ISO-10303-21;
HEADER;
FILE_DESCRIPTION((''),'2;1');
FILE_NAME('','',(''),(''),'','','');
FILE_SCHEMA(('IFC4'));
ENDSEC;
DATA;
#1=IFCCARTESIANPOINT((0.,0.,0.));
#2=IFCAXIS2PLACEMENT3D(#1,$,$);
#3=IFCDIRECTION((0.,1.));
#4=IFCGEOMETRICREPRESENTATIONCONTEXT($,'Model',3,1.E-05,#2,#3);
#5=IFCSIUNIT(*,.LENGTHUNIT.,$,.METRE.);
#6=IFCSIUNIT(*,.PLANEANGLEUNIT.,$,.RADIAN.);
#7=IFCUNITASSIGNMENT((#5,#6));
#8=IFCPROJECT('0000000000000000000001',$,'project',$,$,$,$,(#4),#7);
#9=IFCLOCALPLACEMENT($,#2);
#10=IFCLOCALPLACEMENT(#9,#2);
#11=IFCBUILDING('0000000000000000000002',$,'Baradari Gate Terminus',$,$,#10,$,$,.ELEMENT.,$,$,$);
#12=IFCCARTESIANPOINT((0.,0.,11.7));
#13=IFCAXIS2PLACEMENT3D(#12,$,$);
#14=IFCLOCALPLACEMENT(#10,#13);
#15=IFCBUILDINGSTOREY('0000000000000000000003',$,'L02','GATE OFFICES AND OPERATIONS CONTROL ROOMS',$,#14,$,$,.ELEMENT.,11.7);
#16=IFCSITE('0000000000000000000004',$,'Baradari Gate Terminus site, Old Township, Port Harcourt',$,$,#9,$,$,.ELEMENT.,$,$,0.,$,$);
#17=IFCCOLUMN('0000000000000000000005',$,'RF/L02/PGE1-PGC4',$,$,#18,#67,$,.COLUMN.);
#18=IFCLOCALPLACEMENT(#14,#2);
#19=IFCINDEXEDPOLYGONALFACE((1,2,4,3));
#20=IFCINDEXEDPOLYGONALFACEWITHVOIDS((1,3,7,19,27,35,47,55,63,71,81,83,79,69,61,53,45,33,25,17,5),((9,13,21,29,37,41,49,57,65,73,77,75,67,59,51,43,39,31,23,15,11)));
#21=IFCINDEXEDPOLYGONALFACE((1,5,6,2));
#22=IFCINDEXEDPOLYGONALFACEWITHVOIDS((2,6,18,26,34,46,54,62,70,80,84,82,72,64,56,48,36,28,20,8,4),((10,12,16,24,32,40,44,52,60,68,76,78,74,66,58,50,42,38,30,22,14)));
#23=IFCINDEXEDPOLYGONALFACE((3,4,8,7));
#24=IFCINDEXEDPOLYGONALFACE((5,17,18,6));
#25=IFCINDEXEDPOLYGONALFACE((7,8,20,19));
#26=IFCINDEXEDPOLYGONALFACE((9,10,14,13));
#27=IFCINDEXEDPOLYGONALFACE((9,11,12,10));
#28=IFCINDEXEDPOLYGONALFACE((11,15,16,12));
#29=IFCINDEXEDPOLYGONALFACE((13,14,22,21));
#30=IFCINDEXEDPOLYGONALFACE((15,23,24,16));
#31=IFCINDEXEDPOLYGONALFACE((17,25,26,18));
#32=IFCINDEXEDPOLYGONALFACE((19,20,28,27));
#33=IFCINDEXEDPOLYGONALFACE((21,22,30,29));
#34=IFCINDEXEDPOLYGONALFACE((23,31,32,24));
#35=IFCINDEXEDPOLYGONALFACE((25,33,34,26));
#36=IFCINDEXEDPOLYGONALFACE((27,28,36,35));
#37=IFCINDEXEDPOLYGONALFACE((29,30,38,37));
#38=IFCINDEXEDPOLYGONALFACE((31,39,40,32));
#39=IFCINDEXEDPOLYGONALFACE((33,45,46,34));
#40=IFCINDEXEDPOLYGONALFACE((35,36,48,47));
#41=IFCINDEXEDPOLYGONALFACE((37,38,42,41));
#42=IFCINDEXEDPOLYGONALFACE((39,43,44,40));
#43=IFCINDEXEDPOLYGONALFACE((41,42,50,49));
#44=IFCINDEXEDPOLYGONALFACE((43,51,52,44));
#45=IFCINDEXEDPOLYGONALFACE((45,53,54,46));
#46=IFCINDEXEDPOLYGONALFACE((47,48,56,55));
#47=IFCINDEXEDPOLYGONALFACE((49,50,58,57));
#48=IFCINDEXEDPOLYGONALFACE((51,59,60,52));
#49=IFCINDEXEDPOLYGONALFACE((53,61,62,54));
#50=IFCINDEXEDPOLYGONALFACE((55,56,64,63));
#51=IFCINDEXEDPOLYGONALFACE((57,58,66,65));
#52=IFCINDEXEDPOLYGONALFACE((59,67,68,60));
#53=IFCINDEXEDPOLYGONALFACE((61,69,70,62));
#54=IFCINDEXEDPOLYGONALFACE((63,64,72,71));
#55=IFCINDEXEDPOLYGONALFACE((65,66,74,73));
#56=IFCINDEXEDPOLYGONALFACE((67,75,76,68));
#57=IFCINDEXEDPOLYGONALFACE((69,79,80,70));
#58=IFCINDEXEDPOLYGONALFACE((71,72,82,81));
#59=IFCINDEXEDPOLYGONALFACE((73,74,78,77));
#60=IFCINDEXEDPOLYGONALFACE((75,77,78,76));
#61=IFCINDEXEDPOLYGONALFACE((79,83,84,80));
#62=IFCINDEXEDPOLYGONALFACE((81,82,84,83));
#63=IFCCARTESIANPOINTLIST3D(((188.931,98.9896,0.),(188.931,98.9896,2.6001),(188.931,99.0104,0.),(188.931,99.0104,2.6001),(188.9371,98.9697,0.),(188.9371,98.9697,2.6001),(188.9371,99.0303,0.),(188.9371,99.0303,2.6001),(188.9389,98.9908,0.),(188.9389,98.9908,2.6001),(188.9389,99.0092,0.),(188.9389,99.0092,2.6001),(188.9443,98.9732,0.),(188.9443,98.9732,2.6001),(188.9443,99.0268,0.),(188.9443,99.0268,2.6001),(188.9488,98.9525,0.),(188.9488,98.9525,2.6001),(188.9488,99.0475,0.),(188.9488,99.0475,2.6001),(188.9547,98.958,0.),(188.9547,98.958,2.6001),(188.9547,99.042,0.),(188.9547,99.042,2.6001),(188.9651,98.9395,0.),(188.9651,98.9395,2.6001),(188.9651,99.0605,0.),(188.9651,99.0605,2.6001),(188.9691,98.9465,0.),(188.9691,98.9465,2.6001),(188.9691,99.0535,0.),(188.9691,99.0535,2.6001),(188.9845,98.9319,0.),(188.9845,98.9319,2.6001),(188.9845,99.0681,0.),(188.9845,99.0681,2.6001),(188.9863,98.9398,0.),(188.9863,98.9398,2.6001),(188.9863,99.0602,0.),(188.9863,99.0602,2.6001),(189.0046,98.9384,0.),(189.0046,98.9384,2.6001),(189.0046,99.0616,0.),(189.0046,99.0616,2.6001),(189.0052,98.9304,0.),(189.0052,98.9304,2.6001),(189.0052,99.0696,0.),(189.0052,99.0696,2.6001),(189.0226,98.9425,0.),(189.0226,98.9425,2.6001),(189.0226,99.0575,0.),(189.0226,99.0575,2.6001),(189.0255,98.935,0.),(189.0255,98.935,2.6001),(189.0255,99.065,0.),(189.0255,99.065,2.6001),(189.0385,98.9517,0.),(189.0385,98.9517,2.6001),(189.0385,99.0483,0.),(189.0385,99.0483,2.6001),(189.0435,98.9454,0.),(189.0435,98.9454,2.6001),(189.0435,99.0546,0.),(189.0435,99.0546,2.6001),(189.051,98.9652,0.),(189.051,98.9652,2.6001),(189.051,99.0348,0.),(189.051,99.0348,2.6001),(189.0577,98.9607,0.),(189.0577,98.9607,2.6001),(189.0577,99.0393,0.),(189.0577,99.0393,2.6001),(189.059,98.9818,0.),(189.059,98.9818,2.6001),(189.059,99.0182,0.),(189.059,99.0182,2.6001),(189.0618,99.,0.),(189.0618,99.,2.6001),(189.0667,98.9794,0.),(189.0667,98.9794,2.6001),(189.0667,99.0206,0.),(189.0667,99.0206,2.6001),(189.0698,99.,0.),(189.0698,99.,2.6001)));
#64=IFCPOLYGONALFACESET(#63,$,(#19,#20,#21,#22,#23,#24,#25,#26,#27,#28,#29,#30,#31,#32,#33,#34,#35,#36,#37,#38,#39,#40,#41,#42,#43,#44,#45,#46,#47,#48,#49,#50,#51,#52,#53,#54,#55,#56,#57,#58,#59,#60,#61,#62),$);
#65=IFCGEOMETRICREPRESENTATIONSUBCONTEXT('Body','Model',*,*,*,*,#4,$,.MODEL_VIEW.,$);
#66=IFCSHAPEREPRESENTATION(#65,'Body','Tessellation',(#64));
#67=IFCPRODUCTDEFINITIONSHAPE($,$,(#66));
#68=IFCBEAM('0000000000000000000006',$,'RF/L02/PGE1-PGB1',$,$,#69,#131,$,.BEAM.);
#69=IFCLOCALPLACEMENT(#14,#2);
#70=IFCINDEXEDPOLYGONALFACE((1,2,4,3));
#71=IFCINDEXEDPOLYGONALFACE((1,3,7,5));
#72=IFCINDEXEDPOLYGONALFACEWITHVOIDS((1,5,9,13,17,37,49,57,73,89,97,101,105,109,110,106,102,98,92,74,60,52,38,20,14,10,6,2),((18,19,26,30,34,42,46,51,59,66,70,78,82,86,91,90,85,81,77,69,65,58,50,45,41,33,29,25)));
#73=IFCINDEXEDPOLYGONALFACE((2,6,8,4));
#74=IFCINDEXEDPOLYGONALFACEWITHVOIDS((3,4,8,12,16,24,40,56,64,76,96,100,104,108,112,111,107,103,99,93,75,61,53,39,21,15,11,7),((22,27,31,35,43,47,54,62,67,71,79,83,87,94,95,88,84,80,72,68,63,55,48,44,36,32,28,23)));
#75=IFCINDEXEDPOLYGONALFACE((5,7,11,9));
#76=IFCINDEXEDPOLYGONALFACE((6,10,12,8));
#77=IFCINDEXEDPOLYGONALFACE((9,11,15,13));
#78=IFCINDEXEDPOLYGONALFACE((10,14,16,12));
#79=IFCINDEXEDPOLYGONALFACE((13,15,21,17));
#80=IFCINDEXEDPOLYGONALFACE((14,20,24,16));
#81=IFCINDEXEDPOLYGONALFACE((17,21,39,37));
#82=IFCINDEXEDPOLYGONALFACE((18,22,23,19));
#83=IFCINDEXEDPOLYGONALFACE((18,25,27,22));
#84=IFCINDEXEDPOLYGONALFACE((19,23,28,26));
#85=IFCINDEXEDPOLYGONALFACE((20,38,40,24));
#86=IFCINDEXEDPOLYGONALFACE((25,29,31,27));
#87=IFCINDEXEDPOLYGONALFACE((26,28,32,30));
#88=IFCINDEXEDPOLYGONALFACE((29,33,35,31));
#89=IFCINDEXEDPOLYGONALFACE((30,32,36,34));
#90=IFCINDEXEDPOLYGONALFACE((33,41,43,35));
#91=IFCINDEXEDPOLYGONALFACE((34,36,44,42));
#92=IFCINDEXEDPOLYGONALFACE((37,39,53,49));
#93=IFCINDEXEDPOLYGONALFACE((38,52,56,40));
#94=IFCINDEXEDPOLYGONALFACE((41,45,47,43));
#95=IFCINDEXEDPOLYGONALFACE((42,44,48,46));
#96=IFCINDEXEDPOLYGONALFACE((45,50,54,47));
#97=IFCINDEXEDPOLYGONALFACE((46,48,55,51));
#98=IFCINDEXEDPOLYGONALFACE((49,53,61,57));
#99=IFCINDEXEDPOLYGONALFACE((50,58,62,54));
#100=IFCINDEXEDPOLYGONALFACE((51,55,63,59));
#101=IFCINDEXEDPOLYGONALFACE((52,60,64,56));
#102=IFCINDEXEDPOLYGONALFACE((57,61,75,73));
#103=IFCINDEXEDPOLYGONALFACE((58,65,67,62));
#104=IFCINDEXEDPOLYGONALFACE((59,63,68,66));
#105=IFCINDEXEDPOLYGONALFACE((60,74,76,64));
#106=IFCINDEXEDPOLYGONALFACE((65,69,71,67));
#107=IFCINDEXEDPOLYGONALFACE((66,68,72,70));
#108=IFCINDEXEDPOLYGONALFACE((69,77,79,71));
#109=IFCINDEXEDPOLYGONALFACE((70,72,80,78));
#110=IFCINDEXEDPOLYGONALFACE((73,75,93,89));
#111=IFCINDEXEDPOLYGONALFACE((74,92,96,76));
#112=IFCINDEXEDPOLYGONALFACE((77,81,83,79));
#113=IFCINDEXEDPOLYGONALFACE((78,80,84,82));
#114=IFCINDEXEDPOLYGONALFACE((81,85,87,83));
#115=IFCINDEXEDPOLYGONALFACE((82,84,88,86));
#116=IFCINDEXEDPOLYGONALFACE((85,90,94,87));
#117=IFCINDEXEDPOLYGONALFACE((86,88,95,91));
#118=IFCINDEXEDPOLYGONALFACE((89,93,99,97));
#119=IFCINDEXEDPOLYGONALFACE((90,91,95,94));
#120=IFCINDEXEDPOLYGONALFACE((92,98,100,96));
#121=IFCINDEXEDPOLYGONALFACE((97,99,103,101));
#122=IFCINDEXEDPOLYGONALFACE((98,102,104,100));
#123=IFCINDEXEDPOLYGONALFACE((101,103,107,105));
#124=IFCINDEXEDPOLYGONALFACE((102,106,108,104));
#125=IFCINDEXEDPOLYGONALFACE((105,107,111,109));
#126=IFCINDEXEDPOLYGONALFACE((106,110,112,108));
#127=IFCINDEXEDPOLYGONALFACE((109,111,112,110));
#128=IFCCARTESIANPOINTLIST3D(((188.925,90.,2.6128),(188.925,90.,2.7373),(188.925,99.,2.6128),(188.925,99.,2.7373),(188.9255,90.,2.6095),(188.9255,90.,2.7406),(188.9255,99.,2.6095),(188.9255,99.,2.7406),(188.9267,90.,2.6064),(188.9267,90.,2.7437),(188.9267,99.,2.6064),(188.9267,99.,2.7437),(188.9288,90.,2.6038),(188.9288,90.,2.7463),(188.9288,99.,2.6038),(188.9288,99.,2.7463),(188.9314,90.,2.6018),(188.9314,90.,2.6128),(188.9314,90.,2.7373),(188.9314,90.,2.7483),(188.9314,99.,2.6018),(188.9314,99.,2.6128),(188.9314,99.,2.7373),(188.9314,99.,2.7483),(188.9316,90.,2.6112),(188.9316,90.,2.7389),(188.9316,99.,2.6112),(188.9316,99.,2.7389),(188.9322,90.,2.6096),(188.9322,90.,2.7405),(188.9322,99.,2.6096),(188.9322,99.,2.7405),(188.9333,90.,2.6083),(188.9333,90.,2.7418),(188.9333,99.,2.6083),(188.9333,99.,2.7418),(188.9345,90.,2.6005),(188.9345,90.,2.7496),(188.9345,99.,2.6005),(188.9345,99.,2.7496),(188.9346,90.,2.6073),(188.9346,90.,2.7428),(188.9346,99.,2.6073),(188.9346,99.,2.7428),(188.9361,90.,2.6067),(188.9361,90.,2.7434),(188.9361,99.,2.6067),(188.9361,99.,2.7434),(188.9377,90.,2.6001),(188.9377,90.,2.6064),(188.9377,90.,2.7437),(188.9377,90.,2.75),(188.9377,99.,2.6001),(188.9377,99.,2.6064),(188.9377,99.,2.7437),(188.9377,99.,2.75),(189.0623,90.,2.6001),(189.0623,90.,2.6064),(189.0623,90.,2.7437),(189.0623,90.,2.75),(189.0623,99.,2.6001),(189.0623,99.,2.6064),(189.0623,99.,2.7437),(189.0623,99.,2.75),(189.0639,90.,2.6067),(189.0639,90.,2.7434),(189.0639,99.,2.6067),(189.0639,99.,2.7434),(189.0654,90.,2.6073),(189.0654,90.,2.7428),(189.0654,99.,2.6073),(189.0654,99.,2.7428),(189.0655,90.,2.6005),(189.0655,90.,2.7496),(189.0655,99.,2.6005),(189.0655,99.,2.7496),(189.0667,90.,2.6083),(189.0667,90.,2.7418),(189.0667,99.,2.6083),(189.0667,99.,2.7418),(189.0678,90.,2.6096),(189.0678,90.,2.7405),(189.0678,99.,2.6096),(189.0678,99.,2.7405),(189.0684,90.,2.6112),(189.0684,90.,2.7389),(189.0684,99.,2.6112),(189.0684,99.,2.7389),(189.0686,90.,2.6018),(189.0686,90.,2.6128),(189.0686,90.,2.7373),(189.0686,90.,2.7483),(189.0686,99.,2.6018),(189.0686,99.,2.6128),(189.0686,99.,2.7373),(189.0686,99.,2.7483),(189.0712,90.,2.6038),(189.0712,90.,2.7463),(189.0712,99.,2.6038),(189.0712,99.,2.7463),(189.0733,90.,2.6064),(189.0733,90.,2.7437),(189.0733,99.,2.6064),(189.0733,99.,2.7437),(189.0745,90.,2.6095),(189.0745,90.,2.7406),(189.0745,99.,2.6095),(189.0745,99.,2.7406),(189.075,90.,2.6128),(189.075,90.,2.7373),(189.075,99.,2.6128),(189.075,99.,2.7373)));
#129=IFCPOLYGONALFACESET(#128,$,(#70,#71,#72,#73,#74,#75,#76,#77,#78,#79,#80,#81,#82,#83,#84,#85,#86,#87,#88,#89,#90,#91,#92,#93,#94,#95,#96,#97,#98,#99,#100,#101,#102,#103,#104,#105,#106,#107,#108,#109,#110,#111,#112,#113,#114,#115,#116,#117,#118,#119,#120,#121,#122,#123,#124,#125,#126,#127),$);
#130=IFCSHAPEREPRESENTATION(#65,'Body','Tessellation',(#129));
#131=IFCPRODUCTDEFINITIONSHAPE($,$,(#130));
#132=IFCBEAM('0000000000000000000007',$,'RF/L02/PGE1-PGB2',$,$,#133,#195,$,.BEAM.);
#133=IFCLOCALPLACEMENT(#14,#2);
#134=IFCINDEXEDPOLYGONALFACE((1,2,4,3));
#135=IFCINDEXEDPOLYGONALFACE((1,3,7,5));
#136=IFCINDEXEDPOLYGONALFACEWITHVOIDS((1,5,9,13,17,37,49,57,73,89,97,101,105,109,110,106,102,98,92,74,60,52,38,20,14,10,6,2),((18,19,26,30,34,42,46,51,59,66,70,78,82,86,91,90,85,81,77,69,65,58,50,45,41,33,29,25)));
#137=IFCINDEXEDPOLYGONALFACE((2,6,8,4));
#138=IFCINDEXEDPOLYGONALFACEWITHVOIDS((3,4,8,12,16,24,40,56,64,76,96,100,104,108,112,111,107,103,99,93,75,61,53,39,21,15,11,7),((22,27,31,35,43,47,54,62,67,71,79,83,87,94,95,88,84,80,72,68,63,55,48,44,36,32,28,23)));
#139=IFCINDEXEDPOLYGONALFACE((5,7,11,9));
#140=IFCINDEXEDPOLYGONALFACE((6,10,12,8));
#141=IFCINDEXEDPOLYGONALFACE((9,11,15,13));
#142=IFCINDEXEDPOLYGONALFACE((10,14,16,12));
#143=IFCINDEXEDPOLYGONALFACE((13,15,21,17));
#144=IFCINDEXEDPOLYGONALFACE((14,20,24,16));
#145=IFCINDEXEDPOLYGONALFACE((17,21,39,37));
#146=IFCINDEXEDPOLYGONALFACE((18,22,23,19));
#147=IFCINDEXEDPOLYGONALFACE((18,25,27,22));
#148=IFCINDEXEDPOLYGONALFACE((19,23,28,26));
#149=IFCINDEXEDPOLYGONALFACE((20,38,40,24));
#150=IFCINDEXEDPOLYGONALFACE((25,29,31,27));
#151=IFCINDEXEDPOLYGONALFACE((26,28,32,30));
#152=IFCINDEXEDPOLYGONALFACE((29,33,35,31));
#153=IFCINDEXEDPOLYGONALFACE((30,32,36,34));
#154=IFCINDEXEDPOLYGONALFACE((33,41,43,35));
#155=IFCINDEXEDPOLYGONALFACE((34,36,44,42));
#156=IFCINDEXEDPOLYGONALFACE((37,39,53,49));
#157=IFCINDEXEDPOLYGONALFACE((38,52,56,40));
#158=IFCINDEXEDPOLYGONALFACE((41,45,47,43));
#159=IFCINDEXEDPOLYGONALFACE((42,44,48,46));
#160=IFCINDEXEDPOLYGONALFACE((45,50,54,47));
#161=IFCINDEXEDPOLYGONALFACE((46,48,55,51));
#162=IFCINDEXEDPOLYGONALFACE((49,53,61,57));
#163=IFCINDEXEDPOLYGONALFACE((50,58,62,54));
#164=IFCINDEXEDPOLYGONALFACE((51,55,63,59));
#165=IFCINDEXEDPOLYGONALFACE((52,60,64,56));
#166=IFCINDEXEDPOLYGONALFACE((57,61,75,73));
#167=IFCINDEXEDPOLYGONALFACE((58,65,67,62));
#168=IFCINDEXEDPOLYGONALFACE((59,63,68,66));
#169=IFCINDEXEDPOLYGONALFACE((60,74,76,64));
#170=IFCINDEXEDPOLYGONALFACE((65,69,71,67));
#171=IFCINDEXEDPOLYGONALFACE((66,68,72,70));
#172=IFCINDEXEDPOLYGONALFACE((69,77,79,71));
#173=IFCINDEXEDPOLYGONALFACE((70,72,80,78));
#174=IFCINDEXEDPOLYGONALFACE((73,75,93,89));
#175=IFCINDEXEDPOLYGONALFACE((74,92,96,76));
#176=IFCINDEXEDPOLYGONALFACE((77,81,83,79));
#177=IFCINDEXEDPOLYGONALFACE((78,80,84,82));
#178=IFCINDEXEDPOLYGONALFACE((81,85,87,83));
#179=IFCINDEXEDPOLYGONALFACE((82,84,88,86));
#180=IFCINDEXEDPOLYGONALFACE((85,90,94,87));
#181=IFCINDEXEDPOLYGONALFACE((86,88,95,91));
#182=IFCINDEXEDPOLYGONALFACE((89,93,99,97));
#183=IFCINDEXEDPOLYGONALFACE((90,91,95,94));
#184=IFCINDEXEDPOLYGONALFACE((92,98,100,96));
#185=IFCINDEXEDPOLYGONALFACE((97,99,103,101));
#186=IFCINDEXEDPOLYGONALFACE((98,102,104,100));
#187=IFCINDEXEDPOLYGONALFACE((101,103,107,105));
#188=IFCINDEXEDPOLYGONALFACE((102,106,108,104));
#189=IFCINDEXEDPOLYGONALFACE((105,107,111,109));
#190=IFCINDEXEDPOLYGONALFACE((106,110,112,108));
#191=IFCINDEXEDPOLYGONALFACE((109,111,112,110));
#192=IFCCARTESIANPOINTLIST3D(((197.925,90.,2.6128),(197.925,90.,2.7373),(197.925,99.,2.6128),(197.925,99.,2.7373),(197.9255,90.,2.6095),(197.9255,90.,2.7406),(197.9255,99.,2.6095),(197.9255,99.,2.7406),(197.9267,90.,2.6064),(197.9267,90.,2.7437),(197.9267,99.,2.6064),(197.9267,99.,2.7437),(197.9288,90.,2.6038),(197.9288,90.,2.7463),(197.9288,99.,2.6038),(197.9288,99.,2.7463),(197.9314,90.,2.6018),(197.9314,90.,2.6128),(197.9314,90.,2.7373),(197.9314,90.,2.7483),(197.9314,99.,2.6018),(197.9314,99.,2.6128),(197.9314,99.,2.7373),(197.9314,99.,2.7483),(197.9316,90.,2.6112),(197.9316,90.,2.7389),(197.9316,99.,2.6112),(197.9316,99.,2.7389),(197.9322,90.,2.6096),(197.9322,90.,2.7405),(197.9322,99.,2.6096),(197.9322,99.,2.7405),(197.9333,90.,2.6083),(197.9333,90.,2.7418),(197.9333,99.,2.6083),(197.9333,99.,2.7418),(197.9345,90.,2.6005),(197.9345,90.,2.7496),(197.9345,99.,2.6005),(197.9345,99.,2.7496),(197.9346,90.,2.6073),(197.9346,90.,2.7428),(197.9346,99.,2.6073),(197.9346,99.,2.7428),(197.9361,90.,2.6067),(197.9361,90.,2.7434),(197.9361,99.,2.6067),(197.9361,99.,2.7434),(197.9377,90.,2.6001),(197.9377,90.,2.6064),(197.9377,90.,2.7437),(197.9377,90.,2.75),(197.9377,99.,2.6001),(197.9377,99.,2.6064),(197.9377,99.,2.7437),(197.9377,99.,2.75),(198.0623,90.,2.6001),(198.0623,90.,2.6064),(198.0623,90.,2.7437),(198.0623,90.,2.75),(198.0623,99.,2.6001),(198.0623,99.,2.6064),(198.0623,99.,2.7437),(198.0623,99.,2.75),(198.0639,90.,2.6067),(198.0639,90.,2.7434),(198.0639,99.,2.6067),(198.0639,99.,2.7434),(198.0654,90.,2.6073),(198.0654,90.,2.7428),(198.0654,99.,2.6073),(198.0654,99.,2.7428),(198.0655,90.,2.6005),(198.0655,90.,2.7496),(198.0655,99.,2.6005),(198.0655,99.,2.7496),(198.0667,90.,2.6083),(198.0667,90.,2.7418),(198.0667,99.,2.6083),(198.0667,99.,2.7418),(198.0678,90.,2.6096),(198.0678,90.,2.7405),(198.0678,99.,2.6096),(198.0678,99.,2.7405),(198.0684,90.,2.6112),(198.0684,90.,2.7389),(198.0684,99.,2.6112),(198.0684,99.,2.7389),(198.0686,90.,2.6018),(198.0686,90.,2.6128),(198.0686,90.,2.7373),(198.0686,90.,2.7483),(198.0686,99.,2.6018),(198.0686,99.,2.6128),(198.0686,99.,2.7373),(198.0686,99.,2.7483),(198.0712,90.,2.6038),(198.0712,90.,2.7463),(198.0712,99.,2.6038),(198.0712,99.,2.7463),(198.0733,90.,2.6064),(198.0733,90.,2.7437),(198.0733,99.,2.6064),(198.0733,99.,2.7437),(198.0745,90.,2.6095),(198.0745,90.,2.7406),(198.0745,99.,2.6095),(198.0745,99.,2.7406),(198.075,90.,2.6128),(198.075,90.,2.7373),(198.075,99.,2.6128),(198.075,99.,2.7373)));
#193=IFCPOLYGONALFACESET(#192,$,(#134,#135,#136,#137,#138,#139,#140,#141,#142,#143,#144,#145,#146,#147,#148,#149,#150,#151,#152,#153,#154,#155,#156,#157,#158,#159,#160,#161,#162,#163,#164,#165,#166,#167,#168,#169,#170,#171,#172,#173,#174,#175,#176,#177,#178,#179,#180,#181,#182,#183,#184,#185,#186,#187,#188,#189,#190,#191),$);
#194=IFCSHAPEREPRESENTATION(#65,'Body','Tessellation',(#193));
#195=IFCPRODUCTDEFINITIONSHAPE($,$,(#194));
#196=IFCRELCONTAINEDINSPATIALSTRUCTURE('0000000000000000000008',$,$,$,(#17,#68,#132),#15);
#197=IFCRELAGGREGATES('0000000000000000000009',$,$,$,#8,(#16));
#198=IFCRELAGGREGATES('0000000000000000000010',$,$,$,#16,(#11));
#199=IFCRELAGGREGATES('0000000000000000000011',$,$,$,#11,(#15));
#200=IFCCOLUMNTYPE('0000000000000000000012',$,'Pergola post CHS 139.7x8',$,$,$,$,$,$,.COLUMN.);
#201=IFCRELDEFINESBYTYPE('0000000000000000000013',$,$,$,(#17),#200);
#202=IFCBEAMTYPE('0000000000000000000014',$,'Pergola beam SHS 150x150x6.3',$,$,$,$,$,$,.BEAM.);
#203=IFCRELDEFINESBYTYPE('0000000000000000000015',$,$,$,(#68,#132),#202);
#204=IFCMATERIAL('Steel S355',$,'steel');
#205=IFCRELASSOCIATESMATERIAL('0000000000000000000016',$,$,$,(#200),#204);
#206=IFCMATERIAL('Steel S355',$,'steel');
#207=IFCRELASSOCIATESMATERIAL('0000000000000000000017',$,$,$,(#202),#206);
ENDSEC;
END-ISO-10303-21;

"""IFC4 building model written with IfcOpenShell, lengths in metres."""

from ifc_helpers import new_model, si_unit, direction, frame, origin, origin_2d, place, context, subcontext, project, spatial, hollow_rectangle, hollow_circle, extrude, material, material_profile, profile_set, type_object, element, save


model = new_model("IFC4")

# Units and contexts
model_context = context("Model", 3, precision=1e-05, world=origin(), true_north=direction((0.0, 1.0)))
body_context = subcontext(model_context, "Body", "Model", "MODEL_VIEW")
ifc_project = project(units=[si_unit("LENGTHUNIT", "METRE"), si_unit("PLANEANGLEUNIT", "RADIAN")], contexts=[model_context])

# Site, building, storey
site_placement = place(None, origin())
site = spatial("IfcSite", under=ifc_project, at=site_placement, Name="Baradari Gate Terminus site, Old Township, Port Harcourt", CompositionType="ELEMENT", RefElevation=0.0)
building_placement = place(site_placement, origin())
building = spatial("IfcBuilding", under=site, at=building_placement, Name="Baradari Gate Terminus", CompositionType="ELEMENT")
storey_placement = place(building_placement, frame((0.0, 0.0, 11.7)))
storey = spatial("IfcBuildingStorey", under=building, at=storey_placement, Name="L02", Description="GATE OFFICES AND OPERATIONS CONTROL ROOMS", CompositionType="ELEMENT", Elevation=11.7)

# Column
ifc_material_1 = material(Name="Steel S355", Category="steel")
ifc_material_profile_1 = material_profile(ifc_material_1, hollow_circle(Radius=0.0698, WallThickness=0.0081, at=origin_2d()), Name="CHS 139.7x8")
ifc_profile_set_1 = profile_set([ifc_material_profile_1], Name="Steel S355")
column_type = type_object("IfcColumnType", Name="Pergola post CHS 139.7x8", PredefinedType="COLUMN", material=ifc_profile_set_1)
for number, where, z_axis, x_axis, name in (
    (1, (189.0, 99.0, 0.0), (0.0, 0.0, 1.0), (1.0, 0.0, 0.0), "RF/L02/PGE1-PGC4"),
):
    element("IfcColumn", number, at=place(storey_placement, frame(where, z_axis=z_axis, x_axis=x_axis)), inside=storey, type_object=column_type, Name=name, PredefinedType="COLUMN", context=body_context, shape_type="SweptSolid", body=[
        extrude(hollow_circle(Radius=0.0698, WallThickness=0.0081, at=origin_2d()), origin(), (0.0, 0.0, 1.0), 2.6001),
    ])

# Beams
ifc_material_2 = material(Name="Steel S355", Category="steel")
ifc_material_profile_2 = material_profile(ifc_material_2, hollow_rectangle(XDim=0.1499, YDim=0.1499, WallThickness=0.0063, InnerFilletRadius=0.0063, OuterFilletRadius=0.0127, at=origin_2d()), Name="SHS 150x150x6.3")
ifc_profile_set_2 = profile_set([ifc_material_profile_2], Name="Steel S355")
beam_type = type_object("IfcBeamType", Name="Pergola beam SHS 150x150x6.3", PredefinedType="BEAM", material=ifc_profile_set_2)
for number, where, z_axis, x_axis, name in (
    (2, (189.0, 90.0, 2.675), (0.0, 1.0, 0.0), (-1.0, 0.0, 0.0), "RF/L02/PGE1-PGB1"),
    (3, (198.0, 90.0, 2.675), (0.0, 1.0, 0.0), (-1.0, 0.0, 0.0), "RF/L02/PGE1-PGB2"),
):
    element("IfcBeam", number, at=place(storey_placement, frame(where, z_axis=z_axis, x_axis=x_axis)), inside=storey, type_object=beam_type, Name=name, PredefinedType="BEAM", context=body_context, shape_type="SweptSolid", body=[
        extrude(hollow_rectangle(XDim=0.1499, YDim=0.1499, WallThickness=0.0063, InnerFilletRadius=0.0063, OuterFilletRadius=0.0127, at=origin_2d()), origin(), (0.0, 0.0, 1.0), 9.0),
    ])

save(model, "model.ifc")
